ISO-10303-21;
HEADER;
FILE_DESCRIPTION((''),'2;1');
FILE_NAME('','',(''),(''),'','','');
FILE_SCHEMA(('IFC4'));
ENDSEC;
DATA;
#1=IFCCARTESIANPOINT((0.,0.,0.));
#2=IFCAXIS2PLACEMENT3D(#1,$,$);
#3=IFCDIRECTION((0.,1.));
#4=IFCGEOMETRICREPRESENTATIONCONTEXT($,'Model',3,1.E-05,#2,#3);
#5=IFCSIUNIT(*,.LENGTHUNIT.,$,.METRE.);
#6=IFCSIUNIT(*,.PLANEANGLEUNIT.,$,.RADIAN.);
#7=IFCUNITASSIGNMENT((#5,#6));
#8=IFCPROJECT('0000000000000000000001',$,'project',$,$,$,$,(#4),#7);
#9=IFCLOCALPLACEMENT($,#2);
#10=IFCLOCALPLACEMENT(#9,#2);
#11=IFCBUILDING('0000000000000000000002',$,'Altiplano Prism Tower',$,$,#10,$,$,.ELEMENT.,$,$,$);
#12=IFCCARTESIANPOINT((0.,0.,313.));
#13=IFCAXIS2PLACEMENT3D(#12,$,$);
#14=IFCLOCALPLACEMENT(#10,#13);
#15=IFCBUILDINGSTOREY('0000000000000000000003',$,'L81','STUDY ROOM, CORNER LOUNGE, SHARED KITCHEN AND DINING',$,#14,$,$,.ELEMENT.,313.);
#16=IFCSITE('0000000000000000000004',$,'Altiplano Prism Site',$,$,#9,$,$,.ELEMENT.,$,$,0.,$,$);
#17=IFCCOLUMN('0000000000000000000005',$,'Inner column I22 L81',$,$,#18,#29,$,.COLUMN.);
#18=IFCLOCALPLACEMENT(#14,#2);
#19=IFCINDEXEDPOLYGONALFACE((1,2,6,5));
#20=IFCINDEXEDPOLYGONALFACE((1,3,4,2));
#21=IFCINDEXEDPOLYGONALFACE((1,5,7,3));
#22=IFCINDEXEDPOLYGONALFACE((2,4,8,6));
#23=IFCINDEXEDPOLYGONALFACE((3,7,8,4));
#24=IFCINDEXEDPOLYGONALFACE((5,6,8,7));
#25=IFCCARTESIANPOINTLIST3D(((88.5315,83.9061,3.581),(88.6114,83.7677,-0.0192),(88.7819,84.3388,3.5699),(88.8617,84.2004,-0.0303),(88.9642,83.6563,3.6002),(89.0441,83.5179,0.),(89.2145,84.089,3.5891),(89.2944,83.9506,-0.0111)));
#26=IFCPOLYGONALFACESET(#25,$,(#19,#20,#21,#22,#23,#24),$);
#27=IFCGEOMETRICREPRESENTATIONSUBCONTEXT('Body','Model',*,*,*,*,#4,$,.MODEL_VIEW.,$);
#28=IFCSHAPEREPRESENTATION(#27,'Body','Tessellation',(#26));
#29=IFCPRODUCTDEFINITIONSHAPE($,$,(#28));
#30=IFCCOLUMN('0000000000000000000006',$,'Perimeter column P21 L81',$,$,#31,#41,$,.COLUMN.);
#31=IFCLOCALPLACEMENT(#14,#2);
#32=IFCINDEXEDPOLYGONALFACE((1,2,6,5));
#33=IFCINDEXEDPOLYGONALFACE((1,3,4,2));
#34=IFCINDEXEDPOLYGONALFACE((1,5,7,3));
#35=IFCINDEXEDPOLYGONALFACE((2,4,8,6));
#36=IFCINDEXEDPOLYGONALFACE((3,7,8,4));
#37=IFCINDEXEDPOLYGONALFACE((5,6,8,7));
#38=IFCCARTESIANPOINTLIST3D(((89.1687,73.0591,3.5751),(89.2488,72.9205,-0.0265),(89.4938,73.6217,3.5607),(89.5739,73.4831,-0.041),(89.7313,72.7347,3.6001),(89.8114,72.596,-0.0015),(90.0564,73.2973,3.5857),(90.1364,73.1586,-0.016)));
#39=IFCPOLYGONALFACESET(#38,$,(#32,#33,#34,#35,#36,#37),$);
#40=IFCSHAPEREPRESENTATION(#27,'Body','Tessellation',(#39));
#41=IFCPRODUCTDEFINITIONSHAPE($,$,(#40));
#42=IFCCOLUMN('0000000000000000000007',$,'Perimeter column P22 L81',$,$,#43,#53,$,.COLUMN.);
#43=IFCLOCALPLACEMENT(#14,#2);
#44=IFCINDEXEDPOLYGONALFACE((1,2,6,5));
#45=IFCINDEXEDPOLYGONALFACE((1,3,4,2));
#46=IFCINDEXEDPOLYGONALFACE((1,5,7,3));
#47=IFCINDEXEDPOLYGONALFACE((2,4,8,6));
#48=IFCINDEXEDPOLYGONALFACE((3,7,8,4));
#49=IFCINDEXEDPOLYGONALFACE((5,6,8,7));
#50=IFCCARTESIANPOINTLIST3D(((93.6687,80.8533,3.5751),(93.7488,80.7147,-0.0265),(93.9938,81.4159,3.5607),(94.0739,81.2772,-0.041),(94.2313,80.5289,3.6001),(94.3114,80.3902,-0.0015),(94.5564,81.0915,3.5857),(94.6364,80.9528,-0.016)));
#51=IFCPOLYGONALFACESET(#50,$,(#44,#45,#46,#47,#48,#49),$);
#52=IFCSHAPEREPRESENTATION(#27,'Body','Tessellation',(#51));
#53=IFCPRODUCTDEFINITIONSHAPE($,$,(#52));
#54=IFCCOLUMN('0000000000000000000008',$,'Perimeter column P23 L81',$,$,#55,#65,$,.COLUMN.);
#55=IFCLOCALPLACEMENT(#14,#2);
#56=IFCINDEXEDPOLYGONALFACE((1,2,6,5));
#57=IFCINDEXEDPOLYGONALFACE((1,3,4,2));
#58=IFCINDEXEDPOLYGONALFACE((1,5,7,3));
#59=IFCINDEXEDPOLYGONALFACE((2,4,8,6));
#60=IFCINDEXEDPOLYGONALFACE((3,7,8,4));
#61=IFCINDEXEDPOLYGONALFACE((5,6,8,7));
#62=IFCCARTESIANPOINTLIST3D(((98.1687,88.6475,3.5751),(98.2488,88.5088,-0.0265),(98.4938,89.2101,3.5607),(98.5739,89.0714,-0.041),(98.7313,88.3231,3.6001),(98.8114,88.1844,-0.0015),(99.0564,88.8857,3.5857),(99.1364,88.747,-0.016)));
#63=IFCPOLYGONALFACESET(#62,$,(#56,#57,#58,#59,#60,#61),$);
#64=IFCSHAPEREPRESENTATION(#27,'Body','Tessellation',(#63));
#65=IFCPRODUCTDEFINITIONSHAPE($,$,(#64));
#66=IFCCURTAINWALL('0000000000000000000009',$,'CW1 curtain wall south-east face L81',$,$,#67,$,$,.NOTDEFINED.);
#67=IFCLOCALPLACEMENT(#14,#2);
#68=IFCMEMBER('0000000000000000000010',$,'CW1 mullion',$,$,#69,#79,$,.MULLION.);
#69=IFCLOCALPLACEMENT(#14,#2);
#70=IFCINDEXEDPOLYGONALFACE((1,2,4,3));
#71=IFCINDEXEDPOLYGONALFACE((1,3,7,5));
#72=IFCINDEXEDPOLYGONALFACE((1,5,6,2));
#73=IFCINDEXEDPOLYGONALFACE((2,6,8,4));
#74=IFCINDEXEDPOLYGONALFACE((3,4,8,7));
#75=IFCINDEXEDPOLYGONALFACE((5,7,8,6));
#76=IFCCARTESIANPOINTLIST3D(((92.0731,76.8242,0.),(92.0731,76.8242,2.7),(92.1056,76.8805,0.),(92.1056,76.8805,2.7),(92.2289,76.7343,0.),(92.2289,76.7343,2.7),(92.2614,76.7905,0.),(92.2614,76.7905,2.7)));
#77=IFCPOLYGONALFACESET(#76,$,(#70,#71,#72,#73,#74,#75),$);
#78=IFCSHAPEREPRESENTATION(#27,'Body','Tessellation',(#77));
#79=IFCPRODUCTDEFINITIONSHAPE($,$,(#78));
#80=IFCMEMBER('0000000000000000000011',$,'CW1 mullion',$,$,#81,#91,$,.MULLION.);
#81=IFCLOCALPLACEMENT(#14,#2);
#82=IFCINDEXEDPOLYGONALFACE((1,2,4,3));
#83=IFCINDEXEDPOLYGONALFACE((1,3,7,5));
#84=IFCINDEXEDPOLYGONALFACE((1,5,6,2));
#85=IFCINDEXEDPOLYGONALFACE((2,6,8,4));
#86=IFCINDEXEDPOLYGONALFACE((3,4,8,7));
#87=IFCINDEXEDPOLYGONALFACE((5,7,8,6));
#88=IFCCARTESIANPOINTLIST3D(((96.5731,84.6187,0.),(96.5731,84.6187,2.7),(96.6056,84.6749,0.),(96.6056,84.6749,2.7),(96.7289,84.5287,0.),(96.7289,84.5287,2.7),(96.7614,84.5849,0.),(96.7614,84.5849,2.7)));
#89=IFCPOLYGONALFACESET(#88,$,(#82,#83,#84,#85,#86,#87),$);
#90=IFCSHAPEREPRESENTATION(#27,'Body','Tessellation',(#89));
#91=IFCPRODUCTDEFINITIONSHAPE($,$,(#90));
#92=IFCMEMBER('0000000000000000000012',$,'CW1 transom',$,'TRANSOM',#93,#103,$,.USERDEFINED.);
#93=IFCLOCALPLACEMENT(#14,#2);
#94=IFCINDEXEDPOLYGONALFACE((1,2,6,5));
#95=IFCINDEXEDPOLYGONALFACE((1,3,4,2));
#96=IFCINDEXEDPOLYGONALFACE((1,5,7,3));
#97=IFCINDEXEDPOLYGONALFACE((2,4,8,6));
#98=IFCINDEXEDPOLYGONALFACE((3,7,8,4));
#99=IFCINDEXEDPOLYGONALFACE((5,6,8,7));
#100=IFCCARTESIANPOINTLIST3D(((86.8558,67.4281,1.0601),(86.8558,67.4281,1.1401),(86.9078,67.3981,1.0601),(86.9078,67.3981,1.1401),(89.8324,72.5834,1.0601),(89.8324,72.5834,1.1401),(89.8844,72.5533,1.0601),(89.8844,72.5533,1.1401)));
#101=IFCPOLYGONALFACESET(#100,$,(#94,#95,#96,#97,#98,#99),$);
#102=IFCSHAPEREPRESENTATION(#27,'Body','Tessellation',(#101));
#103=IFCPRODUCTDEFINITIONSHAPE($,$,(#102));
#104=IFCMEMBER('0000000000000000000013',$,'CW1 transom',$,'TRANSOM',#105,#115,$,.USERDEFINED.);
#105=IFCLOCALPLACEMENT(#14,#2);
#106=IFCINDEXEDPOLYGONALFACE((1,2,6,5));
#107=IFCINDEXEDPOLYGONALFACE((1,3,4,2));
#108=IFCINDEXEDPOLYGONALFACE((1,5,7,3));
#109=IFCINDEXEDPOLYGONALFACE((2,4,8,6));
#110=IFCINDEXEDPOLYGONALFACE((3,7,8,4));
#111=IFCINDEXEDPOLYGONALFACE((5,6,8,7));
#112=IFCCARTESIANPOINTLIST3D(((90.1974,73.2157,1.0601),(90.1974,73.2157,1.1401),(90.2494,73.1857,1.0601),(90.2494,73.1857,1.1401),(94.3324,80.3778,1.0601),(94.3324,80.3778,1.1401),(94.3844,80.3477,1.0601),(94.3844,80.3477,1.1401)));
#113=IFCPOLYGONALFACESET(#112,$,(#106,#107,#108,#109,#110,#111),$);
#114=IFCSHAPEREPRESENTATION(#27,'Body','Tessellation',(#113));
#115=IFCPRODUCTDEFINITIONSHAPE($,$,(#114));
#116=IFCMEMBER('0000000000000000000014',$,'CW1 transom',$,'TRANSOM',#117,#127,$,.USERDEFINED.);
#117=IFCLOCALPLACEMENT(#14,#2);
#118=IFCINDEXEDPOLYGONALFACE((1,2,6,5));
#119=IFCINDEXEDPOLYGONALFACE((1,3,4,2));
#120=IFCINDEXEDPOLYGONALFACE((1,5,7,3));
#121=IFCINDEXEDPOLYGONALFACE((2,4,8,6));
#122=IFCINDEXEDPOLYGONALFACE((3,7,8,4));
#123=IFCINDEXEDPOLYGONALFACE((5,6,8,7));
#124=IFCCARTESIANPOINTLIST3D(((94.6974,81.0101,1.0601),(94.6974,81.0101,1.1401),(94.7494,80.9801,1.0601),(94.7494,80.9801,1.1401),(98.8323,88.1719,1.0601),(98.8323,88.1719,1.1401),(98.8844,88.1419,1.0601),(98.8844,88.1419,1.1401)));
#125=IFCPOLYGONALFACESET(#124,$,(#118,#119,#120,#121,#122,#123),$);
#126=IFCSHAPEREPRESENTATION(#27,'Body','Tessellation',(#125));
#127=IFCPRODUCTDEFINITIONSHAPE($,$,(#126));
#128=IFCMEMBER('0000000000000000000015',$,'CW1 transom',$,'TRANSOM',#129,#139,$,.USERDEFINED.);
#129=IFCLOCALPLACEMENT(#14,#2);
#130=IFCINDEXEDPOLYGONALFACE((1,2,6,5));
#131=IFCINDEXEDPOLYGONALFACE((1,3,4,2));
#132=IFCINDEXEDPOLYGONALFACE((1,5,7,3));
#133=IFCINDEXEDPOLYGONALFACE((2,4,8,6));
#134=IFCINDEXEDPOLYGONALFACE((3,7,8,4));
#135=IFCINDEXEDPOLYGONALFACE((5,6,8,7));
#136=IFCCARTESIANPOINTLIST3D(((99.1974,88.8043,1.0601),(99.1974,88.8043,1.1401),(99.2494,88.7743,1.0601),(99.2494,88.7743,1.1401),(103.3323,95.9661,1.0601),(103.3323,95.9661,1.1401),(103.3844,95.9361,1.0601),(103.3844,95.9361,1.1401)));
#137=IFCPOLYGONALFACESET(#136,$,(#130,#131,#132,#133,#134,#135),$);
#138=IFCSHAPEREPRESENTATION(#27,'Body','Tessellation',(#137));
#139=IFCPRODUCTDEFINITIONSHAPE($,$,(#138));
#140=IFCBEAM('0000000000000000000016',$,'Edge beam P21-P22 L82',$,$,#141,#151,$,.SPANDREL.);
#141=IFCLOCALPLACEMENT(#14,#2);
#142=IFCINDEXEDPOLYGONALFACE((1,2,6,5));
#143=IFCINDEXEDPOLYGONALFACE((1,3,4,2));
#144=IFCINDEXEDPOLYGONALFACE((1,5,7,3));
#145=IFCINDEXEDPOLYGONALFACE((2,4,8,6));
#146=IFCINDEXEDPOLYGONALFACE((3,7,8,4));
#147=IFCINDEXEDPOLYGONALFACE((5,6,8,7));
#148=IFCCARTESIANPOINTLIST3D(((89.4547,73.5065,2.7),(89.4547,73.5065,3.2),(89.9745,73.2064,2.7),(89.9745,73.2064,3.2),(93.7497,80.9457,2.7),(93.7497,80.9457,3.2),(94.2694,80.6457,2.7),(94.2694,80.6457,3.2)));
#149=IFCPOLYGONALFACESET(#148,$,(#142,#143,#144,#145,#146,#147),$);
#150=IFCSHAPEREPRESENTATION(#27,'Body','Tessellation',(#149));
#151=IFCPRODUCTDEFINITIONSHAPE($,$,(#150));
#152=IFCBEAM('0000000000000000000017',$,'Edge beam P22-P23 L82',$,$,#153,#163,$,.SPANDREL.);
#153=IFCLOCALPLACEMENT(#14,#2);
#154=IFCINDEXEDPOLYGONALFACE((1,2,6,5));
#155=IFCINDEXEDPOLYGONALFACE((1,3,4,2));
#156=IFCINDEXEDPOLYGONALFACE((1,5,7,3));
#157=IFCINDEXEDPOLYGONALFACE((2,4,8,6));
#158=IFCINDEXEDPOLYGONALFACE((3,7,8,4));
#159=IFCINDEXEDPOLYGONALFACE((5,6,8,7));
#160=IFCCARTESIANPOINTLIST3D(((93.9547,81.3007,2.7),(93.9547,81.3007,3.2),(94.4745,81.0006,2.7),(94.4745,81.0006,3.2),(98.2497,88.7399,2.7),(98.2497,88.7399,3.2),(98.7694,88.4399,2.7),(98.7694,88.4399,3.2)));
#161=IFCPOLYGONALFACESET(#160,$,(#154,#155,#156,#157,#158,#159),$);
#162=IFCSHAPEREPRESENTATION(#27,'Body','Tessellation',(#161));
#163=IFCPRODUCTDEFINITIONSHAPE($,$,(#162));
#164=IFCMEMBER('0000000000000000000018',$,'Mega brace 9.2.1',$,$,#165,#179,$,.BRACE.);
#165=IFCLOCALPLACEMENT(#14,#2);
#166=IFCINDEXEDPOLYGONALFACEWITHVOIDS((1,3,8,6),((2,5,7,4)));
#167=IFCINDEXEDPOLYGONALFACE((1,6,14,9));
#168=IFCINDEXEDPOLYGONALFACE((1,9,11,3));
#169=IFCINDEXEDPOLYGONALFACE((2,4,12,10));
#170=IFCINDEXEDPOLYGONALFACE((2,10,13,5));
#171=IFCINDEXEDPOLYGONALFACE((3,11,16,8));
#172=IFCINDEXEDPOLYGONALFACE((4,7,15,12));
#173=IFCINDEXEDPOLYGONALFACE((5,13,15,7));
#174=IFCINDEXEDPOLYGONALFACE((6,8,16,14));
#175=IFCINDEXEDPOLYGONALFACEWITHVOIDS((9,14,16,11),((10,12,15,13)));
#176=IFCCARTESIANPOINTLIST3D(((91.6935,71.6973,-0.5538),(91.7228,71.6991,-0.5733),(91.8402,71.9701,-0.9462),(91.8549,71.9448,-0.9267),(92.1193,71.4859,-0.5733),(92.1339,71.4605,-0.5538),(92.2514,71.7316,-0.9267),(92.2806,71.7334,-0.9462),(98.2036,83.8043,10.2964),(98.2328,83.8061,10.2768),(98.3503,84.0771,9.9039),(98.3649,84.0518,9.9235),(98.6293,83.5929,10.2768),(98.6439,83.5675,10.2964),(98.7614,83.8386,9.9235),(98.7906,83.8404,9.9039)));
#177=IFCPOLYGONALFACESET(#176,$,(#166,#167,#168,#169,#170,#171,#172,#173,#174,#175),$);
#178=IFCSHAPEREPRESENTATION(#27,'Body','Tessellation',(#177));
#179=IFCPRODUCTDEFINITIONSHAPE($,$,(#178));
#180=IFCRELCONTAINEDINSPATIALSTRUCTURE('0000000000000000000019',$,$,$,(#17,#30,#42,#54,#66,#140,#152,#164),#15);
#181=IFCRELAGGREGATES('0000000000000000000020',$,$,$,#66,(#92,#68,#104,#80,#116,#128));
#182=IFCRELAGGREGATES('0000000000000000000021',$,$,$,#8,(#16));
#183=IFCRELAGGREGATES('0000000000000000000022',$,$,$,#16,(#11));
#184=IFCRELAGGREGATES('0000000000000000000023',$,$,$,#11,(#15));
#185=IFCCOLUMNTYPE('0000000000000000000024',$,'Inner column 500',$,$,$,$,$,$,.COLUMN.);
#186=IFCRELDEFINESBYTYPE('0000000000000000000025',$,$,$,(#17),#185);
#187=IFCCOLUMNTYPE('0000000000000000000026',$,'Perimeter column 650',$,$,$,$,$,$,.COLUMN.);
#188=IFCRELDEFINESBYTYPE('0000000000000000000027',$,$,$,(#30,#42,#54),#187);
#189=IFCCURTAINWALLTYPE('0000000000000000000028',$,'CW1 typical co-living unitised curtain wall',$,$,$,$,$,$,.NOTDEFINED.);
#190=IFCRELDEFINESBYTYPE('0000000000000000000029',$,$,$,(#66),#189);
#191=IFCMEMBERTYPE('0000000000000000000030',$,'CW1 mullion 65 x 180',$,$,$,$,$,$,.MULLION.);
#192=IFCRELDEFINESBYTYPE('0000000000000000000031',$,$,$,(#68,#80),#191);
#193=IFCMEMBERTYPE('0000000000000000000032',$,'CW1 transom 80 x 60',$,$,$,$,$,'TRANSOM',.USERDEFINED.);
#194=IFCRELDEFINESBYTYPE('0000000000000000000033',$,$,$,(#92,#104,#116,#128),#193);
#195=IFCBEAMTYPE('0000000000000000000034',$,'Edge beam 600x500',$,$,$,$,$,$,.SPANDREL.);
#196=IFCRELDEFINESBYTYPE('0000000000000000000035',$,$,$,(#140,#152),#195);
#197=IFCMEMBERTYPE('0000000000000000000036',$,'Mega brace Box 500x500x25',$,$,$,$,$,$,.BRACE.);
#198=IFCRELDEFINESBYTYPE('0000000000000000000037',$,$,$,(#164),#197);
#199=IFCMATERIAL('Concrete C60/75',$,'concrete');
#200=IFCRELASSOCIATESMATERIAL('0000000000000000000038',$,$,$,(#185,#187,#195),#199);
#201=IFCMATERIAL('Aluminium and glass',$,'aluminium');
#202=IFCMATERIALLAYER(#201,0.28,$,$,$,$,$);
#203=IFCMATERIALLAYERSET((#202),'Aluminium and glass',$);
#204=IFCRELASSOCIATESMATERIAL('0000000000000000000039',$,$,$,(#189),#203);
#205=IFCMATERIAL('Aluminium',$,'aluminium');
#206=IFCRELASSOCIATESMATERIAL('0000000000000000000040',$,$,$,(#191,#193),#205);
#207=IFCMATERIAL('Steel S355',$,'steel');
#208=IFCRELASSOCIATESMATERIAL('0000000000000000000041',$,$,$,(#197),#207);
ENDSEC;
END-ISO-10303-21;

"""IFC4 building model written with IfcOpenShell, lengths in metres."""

from ifc_helpers import new_model, si_unit, direction, frame, origin, origin_2d, place, context, subcontext, project, spatial, rectangle, hollow_rectangle, extrude, material, layer, layer_set, material_profile, profile_set, type_object, element, aggregate, save


model = new_model("IFC4")

# Units and contexts
model_context = context("Model", 3, precision=1e-05, world=origin(), true_north=direction((0.0, 1.0)))
body_context = subcontext(model_context, "Body", "Model", "MODEL_VIEW")
ifc_project = project(units=[si_unit("LENGTHUNIT", "METRE"), si_unit("PLANEANGLEUNIT", "RADIAN")], contexts=[model_context])

# Site, building, storey
site_placement = place(None, origin())
site = spatial("IfcSite", under=ifc_project, at=site_placement, Name="Altiplano Prism Site", CompositionType="ELEMENT", RefElevation=0.0)
building_placement = place(site_placement, origin())
building = spatial("IfcBuilding", under=site, at=building_placement, Name="Altiplano Prism Tower", CompositionType="ELEMENT")
storey_placement = place(building_placement, frame((0.0, 0.0, 313.0)))
storey = spatial("IfcBuildingStorey", under=building, at=storey_placement, Name="L81", Description="STUDY ROOM, CORNER LOUNGE, SHARED KITCHEN AND DINING", CompositionType="ELEMENT", Elevation=313.0)

# Columns
ifc_material_1 = material(Name="Concrete C60/75", Category="concrete")
ifc_material_profile_1 = material_profile(ifc_material_1, rectangle(XDim=0.5, YDim=0.5, at=origin_2d()), Name="Inner column 500")
ifc_profile_set_1 = profile_set([ifc_material_profile_1], Name="Concrete C60/75")
column_type_1 = type_object("IfcColumnType", Name="Inner column 500", PredefinedType="COLUMN", material=ifc_profile_set_1)
column_placement = place(storey_placement, frame((88.9529, 83.8591, -0.0151), z_axis=(-0.022154, 0.038413, 0.999016), x_axis=(-0.500653, -0.865364, 0.022172)))
element("IfcColumn", 1, at=column_placement, inside=storey, type_object=column_type_1, Name="Inner column I22 L81", PredefinedType="COLUMN", context=body_context, shape_type="SweptSolid", body=[
    extrude(rectangle(XDim=0.5, YDim=0.5, at=origin_2d()), origin(), (0.0, 0.0, 1.0), 3.6038),
])
ifc_material_profile_2 = material_profile(ifc_material_1, rectangle(XDim=0.6499, YDim=0.6499, at=origin_2d()), Name="Perimeter column 650")
ifc_profile_set_2 = profile_set([ifc_material_profile_2], Name="Concrete C60/75")
column_type_2 = type_object("IfcColumnType", Name="Perimeter column 650", PredefinedType="COLUMN", material=ifc_profile_set_2)
for number, where, z_axis, x_axis, name in (
    (2, (89.6926, 73.0396, -0.0212), (-0.022212, 0.038465, 0.999013), (-0.50017, -0.865643, 0.022209), "Perimeter column P21 L81"),
    (3, (94.1926, 80.8337, -0.0212), (-0.022212, 0.038465, 0.999013), (-0.50017, -0.865643, 0.022209), "Perimeter column P22 L81"),
    (4, (98.6926, 88.6279, -0.0212), (-0.022212, 0.038465, 0.999013), (-0.50017, -0.865643, 0.022209), "Perimeter column P23 L81"),
):
    element("IfcColumn", number, at=place(storey_placement, frame(where, z_axis=z_axis, x_axis=x_axis)), inside=storey, type_object=column_type_2, Name=name, PredefinedType="COLUMN", context=body_context, shape_type="SweptSolid", body=[
        extrude(rectangle(XDim=0.6499, YDim=0.6499, at=origin_2d()), origin(), (0.0, 0.0, 1.0), 3.6052),
    ])

# Curtain wall, members
ifc_material_2 = material(Name="Aluminium and glass", Category="aluminium")
ifc_layer_1 = layer(ifc_material_2, 0.28)
ifc_layer_set_1 = layer_set([ifc_layer_1], Name="Aluminium and glass")
curtain_wall_type = type_object("IfcCurtainWallType", Name="CW1 typical co-living unitised curtain wall", PredefinedType="NOTDEFINED", material=ifc_layer_set_1)
curtain_wall_placement = place(storey_placement, origin())
curtain_wall = element("IfcCurtainWall", 5, at=curtain_wall_placement, inside=storey, type_object=curtain_wall_type, Name="CW1 curtain wall south-east face L81", PredefinedType="NOTDEFINED")
ifc_material_3 = material(Name="Aluminium", Category="aluminium")
ifc_material_profile_3 = material_profile(ifc_material_3, rectangle(XDim=0.1799, YDim=0.0649, at=origin_2d()), Name="CW1 mullion 65 x 180")
ifc_profile_set_3 = profile_set([ifc_material_profile_3], Name="Aluminium")
member_type_1 = type_object("IfcMemberType", Name="CW1 mullion 65 x 180", PredefinedType="MULLION", material=ifc_profile_set_3)
member_1_placement = place(storey_placement, frame((92.1672, 76.8074, 0.0), z_axis=(0.0, 0.0, 1.0), x_axis=(-0.866025, 0.5, 0.0)))
member_1 = element("IfcMember", 6, at=member_1_placement, type_object=member_type_1, Name="CW1 mullion", PredefinedType="MULLION", context=body_context, shape_type="SweptSolid", body=[
    extrude(rectangle(XDim=0.1799, YDim=0.0649, at=origin_2d()), origin(), (0.0, 0.0, 1.0), 2.7),
])
member_2_placement = place(storey_placement, frame((96.6672, 84.6018, 0.0), z_axis=(0.0, 0.0, 1.0), x_axis=(-0.866025, 0.5, 0.0)))
member_2 = element("IfcMember", 7, at=member_2_placement, type_object=member_type_1, Name="CW1 mullion", PredefinedType="MULLION", context=body_context, shape_type="SweptSolid", body=[
    extrude(rectangle(XDim=0.1799, YDim=0.0649, at=origin_2d()), origin(), (0.0, 0.0, 1.0), 2.7),
])
ifc_material_profile_4 = material_profile(ifc_material_3, rectangle(XDim=0.0601, YDim=0.0801, at=origin_2d()), Name="CW1 transom 80 x 60")
ifc_profile_set_4 = profile_set([ifc_material_profile_4], Name="Aluminium")
member_type_2 = type_object("IfcMemberType", Name="CW1 transom 80 x 60", ElementType="TRANSOM", PredefinedType="USERDEFINED", material=ifc_profile_set_4)
member_3_placement = place(storey_placement, frame((86.8818, 67.4131, 1.1001), z_axis=(0.500021, 0.866013, 0.0), x_axis=(-0.866013, 0.500021, 0.0)))
member_3 = element("IfcMember", 8, at=member_3_placement, type_object=member_type_2, Name="CW1 transom", ObjectType="TRANSOM", PredefinedType="USERDEFINED", context=body_context, shape_type="SweptSolid", body=[
    extrude(rectangle(XDim=0.0601, YDim=0.0801, at=origin_2d()), origin(), (0.0, 0.0, 1.0), 5.9529),
])
member_4_placement = place(storey_placement, frame((90.2234, 73.2007, 1.1001), z_axis=(0.499997, 0.866027, 0.0), x_axis=(-0.866027, 0.499997, 0.0)))
member_4 = element("IfcMember", 9, at=member_4_placement, type_object=member_type_2, Name="CW1 transom", ObjectType="TRANSOM", PredefinedType="USERDEFINED", context=body_context, shape_type="SweptSolid", body=[
    extrude(rectangle(XDim=0.0601, YDim=0.0801, at=origin_2d()), origin(), (0.0, 0.0, 1.0), 8.27),
])
member_5_placement = place(storey_placement, frame((94.7234, 80.9951, 1.1001), z_axis=(0.50001, 0.86602, 0.0), x_axis=(-0.86602, 0.50001, 0.0)))
member_5 = element("IfcMember", 10, at=member_5_placement, type_object=member_type_2, Name="CW1 transom", ObjectType="TRANSOM", PredefinedType="USERDEFINED", context=body_context, shape_type="SweptSolid", body=[
    extrude(rectangle(XDim=0.0601, YDim=0.0801, at=origin_2d()), origin(), (0.0, 0.0, 1.0), 8.2698),
])
member_6_placement = place(storey_placement, frame((99.2234, 88.7893, 1.1001), z_axis=(0.50001, 0.86602, 0.0), x_axis=(-0.86602, 0.50001, 0.0)))
member_6 = element("IfcMember", 11, at=member_6_placement, type_object=member_type_2, Name="CW1 transom", ObjectType="TRANSOM", PredefinedType="USERDEFINED", context=body_context, shape_type="SweptSolid", body=[
    extrude(rectangle(XDim=0.0601, YDim=0.0801, at=origin_2d()), origin(), (0.0, 0.0, 1.0), 8.2698),
])

# Beams
ifc_material_profile_5 = material_profile(ifc_material_1, rectangle(XDim=0.6001, YDim=0.5, at=origin_2d()), Name="Edge beam 600x500")
ifc_profile_set_5 = profile_set([ifc_material_profile_5], Name="Concrete C60/75")
beam_type_1 = type_object("IfcBeamType", Name="Edge beam 600x500", PredefinedType="SPANDREL", material=ifc_profile_set_5)
for number, where, z_axis, x_axis, name in (
    (12, (89.7146, 73.3564, 2.95), (0.499991, 0.866031, 0.0), (-0.866031, 0.499991, 0.0), "Edge beam P21-P22 L82"),
    (13, (94.2146, 81.1506, 2.95), (0.499991, 0.866031, 0.0), (-0.866031, 0.499991, 0.0), "Edge beam P22-P23 L82"),
):
    element("IfcBeam", number, at=place(storey_placement, frame(where, z_axis=z_axis, x_axis=x_axis)), inside=storey, type_object=beam_type_1, Name=name, PredefinedType="SPANDREL", context=body_context, shape_type="SweptSolid", body=[
        extrude(rectangle(XDim=0.6001, YDim=0.5, at=origin_2d()), origin(), (0.0, 0.0, 1.0), 8.5901),
    ])

# Member
ifc_material_4 = material(Name="Steel S355", Category="steel")
ifc_material_profile_6 = material_profile(ifc_material_4, hollow_rectangle(XDim=0.5, YDim=0.5, WallThickness=0.0249, at=origin_2d()), Name="Mega brace Box 500x500x25")
ifc_profile_set_6 = profile_set([ifc_material_profile_6], Name="Steel S355")
member_type_3 = type_object("IfcMemberType", Name="Mega brace Box 500x500x25", PredefinedType="BRACE", material=ifc_profile_set_6)
member_7_placement = place(storey_placement, frame((91.9871, 71.7153, -0.75), z_axis=(0.371738, 0.691337, 0.619568), x_axis=(-0.880748, 0.473586, 0.0)))
element("IfcMember", 14, at=member_7_placement, inside=storey, type_object=member_type_3, Name="Mega brace 9.2.1", PredefinedType="BRACE", context=body_context, shape_type="SweptSolid", body=[
    extrude(hollow_rectangle(XDim=0.5, YDim=0.5, WallThickness=0.0249, at=origin_2d()), origin(), (0.0, 0.0, 1.0), 17.5125),
])

aggregate(curtain_wall, [member_3, member_1, member_4, member_2, member_5, member_6])

save(model, "model.ifc")
